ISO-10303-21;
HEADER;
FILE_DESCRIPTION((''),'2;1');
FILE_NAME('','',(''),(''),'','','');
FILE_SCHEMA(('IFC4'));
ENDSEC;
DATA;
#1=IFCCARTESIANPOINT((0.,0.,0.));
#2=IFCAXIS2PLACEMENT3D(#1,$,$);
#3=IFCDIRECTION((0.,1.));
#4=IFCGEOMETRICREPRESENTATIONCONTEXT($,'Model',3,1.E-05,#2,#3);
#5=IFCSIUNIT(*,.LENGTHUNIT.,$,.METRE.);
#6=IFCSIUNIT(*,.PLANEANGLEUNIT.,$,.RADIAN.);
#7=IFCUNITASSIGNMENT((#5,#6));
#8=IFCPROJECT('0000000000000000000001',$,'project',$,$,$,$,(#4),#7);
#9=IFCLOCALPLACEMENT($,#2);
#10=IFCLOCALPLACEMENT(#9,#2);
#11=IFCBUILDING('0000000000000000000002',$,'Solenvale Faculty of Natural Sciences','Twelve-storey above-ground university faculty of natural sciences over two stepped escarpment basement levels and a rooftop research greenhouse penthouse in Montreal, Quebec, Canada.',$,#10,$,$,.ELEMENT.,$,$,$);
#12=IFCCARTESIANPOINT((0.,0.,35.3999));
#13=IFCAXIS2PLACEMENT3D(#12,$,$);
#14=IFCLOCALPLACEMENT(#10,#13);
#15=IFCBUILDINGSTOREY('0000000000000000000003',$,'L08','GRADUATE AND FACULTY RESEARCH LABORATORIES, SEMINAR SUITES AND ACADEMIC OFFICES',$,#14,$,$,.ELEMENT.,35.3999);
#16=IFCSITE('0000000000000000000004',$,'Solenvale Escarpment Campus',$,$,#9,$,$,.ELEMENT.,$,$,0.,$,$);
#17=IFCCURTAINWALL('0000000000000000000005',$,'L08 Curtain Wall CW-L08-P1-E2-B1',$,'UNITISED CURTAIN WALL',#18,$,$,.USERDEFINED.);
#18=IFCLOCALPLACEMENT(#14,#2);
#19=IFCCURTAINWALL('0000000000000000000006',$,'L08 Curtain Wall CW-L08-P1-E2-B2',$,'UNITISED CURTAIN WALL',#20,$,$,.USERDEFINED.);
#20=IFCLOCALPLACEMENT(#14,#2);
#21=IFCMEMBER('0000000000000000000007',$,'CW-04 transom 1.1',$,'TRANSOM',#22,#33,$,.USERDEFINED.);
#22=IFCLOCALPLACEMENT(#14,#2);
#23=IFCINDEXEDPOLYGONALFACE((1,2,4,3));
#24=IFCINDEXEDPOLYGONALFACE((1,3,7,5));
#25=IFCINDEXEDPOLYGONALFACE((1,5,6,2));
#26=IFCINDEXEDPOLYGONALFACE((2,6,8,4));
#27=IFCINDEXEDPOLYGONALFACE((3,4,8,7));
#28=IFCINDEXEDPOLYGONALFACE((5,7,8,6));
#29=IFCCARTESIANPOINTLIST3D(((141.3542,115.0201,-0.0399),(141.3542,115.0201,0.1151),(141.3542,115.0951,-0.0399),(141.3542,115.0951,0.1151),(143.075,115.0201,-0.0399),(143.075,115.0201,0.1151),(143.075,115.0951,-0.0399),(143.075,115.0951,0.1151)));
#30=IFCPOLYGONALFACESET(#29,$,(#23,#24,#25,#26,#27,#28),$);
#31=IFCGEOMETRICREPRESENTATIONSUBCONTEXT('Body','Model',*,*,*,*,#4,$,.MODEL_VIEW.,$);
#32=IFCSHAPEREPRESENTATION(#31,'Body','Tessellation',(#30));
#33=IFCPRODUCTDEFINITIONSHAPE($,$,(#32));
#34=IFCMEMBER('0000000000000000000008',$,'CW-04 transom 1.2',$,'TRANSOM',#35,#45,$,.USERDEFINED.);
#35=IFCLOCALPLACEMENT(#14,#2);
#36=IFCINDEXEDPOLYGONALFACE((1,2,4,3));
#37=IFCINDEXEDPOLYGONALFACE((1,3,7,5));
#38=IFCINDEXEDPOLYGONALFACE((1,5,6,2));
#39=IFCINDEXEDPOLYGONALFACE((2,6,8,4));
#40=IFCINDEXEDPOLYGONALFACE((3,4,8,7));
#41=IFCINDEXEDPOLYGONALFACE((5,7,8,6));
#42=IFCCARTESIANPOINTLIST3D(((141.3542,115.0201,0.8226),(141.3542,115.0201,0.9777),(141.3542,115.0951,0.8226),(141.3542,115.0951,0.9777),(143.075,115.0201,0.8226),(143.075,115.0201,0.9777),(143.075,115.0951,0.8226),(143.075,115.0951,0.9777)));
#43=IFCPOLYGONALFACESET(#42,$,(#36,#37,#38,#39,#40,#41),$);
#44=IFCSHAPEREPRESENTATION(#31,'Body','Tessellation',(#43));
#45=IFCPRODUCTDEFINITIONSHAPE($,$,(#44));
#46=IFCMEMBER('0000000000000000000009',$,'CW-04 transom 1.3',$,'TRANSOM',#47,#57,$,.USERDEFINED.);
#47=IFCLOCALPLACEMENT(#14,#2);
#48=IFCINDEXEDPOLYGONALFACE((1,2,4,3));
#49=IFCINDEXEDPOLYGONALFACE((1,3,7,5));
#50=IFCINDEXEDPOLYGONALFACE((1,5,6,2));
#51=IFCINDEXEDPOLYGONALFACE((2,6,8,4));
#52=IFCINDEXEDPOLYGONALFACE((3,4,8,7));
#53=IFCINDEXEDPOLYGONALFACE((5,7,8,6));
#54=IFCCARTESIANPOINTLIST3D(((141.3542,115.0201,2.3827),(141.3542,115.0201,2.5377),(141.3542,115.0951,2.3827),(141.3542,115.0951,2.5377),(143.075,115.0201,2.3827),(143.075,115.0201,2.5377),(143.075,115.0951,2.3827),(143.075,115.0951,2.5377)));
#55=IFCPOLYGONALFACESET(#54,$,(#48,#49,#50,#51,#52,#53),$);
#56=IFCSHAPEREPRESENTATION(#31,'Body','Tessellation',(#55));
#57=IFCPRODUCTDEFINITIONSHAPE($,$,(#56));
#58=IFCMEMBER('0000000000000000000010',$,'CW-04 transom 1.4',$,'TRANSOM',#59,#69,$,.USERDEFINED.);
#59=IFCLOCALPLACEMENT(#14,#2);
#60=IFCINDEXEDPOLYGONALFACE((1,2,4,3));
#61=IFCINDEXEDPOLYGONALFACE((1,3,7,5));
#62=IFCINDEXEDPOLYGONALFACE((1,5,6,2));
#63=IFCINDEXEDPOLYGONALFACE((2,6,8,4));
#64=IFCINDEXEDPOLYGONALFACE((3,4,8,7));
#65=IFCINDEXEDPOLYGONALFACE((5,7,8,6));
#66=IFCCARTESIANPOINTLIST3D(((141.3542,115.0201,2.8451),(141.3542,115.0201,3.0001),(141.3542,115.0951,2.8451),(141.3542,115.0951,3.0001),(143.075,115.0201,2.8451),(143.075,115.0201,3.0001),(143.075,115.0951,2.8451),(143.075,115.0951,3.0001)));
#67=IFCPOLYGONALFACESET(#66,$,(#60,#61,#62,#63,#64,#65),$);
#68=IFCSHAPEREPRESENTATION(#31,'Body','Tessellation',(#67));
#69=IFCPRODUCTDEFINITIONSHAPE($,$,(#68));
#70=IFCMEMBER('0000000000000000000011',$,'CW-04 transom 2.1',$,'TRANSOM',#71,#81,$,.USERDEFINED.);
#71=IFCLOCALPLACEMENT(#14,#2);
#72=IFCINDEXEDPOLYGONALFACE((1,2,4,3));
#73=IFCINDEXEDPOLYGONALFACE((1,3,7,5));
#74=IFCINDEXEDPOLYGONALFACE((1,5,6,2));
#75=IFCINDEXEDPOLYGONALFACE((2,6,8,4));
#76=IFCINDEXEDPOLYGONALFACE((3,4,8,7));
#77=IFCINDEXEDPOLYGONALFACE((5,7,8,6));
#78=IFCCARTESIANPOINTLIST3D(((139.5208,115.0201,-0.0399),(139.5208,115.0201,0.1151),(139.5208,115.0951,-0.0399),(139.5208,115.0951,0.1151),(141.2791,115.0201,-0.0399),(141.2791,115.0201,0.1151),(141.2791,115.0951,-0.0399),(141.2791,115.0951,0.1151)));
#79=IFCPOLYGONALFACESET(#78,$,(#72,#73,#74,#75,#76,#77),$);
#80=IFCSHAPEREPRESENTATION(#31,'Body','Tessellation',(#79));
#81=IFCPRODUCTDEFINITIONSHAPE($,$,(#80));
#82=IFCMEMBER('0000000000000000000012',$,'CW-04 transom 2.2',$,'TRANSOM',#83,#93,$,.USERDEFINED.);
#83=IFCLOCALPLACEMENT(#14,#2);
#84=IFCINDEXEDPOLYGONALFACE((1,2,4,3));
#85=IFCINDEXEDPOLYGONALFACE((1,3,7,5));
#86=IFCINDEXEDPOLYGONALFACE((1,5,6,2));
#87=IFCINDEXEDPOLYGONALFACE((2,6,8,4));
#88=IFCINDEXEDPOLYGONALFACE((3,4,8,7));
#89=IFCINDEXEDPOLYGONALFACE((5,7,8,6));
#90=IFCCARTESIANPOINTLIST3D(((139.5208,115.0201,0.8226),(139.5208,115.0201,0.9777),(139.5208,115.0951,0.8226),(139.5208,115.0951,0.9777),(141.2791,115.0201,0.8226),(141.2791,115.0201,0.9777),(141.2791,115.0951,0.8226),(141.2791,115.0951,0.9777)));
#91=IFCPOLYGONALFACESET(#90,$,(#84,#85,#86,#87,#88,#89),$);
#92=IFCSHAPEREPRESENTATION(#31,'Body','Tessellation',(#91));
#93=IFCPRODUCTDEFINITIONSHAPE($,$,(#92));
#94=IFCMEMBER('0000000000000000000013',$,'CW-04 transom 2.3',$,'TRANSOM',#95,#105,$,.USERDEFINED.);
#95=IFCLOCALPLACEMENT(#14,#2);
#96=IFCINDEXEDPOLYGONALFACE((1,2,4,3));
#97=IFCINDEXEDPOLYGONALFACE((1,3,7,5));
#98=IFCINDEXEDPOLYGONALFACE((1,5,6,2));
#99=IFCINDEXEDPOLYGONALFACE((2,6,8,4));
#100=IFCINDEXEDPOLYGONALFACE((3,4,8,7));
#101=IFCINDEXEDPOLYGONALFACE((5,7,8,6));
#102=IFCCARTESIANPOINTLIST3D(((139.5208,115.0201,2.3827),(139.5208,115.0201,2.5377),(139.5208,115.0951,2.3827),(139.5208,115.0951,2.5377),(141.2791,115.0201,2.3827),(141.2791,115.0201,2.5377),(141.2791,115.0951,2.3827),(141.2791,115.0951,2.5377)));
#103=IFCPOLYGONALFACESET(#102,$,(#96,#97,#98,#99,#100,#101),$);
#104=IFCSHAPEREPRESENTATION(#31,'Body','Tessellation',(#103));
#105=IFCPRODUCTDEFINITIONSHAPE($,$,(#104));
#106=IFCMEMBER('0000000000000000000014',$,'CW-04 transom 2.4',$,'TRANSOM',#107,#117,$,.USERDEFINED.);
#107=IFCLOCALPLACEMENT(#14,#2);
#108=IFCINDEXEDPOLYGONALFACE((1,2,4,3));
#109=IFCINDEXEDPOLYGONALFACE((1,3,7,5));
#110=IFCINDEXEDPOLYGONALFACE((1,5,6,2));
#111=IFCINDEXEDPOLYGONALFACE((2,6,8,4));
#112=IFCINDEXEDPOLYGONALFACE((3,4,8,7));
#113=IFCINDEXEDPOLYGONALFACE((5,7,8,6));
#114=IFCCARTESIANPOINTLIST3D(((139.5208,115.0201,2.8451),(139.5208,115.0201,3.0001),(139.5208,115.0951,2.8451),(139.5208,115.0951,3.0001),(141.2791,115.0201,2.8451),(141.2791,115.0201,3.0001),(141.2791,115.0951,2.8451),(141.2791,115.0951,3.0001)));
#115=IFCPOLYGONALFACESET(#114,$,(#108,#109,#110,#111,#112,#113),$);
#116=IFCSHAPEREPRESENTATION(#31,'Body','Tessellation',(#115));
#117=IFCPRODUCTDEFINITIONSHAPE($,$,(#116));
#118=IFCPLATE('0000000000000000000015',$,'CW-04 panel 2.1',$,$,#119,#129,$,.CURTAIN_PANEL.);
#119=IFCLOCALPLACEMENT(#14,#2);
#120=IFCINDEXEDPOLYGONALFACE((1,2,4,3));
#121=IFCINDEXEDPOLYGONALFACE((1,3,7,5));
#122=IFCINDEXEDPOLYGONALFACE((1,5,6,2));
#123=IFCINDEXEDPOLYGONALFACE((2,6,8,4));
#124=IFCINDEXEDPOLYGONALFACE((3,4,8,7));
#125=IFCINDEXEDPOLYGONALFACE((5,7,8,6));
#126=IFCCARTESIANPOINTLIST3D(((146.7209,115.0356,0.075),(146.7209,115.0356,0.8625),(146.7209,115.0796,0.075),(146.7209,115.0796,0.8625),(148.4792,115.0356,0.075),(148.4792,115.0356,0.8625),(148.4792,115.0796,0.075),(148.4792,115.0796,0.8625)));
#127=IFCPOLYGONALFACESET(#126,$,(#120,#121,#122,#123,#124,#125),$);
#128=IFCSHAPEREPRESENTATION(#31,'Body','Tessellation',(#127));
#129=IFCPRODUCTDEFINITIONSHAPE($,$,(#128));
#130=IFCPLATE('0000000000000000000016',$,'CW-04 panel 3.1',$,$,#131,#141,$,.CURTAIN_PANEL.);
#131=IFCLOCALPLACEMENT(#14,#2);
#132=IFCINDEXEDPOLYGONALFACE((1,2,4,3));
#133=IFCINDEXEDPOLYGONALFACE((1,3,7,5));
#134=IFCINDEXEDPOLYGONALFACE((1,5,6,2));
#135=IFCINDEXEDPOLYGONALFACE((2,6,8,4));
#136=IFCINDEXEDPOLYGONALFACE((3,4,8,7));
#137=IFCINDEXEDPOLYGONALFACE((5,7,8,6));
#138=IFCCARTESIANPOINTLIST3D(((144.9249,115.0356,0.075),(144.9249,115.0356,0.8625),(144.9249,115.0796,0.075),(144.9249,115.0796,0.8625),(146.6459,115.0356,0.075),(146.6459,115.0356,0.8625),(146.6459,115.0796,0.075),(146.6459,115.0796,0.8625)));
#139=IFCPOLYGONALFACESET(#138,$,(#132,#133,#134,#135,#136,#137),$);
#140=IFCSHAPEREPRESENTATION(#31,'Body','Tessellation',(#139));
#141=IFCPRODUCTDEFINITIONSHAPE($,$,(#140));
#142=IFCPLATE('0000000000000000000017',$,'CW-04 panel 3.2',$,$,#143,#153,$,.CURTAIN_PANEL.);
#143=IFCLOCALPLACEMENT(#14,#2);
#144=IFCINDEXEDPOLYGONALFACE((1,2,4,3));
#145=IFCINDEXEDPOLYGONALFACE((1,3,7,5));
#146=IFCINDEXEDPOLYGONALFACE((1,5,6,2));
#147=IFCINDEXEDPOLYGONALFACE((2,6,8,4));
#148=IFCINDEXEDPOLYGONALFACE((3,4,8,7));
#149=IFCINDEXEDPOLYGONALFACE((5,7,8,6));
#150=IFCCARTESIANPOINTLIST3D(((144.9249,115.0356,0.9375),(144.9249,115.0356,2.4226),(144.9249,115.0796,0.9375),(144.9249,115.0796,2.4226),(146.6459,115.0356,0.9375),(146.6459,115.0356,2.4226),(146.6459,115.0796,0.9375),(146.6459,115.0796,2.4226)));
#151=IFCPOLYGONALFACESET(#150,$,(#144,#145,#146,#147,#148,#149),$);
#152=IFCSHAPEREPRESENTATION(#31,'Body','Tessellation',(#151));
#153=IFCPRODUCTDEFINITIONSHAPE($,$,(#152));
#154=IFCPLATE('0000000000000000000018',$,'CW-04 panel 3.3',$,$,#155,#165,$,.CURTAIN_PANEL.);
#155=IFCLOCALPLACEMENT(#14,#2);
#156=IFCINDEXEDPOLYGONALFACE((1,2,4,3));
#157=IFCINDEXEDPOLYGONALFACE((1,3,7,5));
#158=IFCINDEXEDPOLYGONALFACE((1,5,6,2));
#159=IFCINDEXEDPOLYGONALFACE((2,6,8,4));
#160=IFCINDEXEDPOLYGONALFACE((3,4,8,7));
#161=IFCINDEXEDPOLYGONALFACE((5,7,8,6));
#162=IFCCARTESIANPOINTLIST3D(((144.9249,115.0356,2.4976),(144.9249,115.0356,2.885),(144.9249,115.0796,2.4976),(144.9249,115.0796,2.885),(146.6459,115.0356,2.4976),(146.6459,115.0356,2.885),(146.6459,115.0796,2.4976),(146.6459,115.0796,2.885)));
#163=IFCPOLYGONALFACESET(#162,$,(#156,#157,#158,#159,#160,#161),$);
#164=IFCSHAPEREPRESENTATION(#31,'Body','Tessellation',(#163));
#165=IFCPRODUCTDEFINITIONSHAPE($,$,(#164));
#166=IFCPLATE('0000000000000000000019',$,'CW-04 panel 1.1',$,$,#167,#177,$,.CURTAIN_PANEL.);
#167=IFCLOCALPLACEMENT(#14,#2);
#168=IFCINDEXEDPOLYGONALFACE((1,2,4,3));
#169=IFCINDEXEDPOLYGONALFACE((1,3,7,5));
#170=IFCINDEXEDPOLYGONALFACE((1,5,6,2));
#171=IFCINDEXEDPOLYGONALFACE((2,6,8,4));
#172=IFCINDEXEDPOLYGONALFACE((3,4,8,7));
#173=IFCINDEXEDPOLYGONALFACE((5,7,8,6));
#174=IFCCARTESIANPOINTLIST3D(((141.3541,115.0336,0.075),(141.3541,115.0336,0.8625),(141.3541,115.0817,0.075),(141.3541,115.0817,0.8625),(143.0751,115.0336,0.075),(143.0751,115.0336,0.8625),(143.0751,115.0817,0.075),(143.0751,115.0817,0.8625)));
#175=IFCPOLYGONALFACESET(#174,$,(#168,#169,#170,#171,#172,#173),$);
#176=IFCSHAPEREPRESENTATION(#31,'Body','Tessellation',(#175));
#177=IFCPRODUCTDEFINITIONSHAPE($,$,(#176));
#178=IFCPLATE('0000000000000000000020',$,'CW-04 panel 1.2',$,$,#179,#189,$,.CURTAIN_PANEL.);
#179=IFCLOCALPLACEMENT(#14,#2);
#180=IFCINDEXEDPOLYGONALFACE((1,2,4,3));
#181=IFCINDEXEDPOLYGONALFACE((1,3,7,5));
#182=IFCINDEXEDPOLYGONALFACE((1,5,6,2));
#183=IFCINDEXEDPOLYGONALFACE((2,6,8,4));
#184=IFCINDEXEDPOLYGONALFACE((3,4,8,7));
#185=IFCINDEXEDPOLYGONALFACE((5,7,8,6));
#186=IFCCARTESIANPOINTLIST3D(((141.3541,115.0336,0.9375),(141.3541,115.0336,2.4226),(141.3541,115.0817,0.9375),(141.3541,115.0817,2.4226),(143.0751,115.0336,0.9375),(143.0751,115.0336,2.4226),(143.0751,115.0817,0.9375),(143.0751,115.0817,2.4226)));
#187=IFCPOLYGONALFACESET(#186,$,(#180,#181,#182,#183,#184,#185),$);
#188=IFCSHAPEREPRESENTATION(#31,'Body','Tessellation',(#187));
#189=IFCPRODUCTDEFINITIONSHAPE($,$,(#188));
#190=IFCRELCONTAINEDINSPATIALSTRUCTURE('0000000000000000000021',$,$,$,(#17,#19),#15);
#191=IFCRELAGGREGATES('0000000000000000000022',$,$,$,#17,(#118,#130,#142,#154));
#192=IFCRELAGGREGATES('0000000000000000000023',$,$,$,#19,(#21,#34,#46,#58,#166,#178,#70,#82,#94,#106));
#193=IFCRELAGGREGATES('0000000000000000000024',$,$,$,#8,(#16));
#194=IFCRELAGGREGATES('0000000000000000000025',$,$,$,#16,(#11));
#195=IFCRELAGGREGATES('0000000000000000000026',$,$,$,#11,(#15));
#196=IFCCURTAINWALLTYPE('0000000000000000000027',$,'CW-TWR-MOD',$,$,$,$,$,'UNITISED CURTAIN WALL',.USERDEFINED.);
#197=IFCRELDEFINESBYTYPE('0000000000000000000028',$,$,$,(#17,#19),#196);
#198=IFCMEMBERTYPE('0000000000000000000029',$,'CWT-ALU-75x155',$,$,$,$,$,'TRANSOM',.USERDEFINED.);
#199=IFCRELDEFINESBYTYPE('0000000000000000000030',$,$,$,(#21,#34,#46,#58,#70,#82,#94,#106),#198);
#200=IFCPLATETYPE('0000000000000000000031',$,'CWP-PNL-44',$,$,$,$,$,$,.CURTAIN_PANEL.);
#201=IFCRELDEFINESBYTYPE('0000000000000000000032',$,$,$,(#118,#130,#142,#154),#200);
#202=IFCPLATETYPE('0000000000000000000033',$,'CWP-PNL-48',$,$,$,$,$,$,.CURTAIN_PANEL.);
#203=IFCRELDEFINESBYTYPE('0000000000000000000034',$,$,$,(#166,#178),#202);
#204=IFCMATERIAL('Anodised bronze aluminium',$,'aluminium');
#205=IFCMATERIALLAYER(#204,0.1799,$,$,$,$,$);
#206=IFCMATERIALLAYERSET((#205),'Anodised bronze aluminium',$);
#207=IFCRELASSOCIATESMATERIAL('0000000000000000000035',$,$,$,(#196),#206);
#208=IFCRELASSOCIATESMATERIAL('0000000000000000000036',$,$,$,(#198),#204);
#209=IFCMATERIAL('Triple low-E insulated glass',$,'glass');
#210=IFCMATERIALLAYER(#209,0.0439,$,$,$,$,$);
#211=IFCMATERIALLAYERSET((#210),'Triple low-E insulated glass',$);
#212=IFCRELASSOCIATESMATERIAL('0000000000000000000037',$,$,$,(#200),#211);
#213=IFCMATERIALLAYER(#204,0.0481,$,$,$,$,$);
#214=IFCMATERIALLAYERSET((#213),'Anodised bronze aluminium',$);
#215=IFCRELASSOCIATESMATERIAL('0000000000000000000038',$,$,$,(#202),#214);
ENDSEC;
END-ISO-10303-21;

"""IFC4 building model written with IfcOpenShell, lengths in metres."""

from ifc_helpers import new_model, si_unit, direction, frame, origin, origin_2d, place, context, subcontext, project, spatial, rectangle, extrude, material, layer, layer_set, material_profile, profile_set, type_object, element, aggregate, save


model = new_model("IFC4")

# Units and contexts
model_context = context("Model", 3, precision=1e-05, world=origin(), true_north=direction((0.0, 1.0)))
body_context = subcontext(model_context, "Body", "Model", "MODEL_VIEW")
ifc_project = project(units=[si_unit("LENGTHUNIT", "METRE"), si_unit("PLANEANGLEUNIT", "RADIAN")], contexts=[model_context])

# Site, building, storey
site_placement = place(None, origin())
site = spatial("IfcSite", under=ifc_project, at=site_placement, Name="Solenvale Escarpment Campus", CompositionType="ELEMENT", RefElevation=0.0)
building_placement = place(site_placement, origin())
building = spatial("IfcBuilding", under=site, at=building_placement, Name="Solenvale Faculty of Natural Sciences", Description="Twelve-storey above-ground university faculty of natural sciences over two stepped escarpment basement levels and a rooftop research greenhouse penthouse in Montreal, Quebec, Canada.", CompositionType="ELEMENT")
storey_placement = place(building_placement, frame((0.0, 0.0, 35.3999)))
storey = spatial("IfcBuildingStorey", under=building, at=storey_placement, Name="L08", Description="GRADUATE AND FACULTY RESEARCH LABORATORIES, SEMINAR SUITES AND ACADEMIC OFFICES", CompositionType="ELEMENT", Elevation=35.3999)

# Curtain walls
ifc_material_1 = material(Name="Anodised bronze aluminium", Category="aluminium")
ifc_layer_1 = layer(ifc_material_1, 0.1799)
ifc_layer_set_1 = layer_set([ifc_layer_1], Name="Anodised bronze aluminium")
curtain_wall_type = type_object("IfcCurtainWallType", Name="CW-TWR-MOD", ElementType="UNITISED CURTAIN WALL", PredefinedType="USERDEFINED", material=ifc_layer_set_1)
curtain_wall_1_placement = place(storey_placement, origin())
curtain_wall_1 = element("IfcCurtainWall", 1, at=curtain_wall_1_placement, inside=storey, type_object=curtain_wall_type, Name="L08 Curtain Wall CW-L08-P1-E2-B1", ObjectType="UNITISED CURTAIN WALL", PredefinedType="USERDEFINED")
curtain_wall_2_placement = place(storey_placement, origin())
curtain_wall_2 = element("IfcCurtainWall", 2, at=curtain_wall_2_placement, inside=storey, type_object=curtain_wall_type, Name="L08 Curtain Wall CW-L08-P1-E2-B2", ObjectType="UNITISED CURTAIN WALL", PredefinedType="USERDEFINED")

# Members
ifc_material_profile_1 = material_profile(ifc_material_1, rectangle(XDim=0.075, YDim=0.155, at=origin_2d()), Name="ALU-TRN-75x155")
ifc_profile_set_1 = profile_set([ifc_material_profile_1], Name="Anodised bronze aluminium")
member_type_1 = type_object("IfcMemberType", Name="CWT-ALU-75x155", ElementType="TRANSOM", PredefinedType="USERDEFINED", material=ifc_profile_set_1)
member_1_placement = place(storey_placement, frame((143.075, 115.0576, 0.0376), z_axis=(-1.0, 0.0, 0.0), x_axis=(0.0, -1.0, 0.0)))
member_1 = element("IfcMember", 3, at=member_1_placement, type_object=member_type_1, Name="CW-04 transom 1.1", ObjectType="TRANSOM", PredefinedType="USERDEFINED", context=body_context, shape_type="SweptSolid", body=[
    extrude(rectangle(XDim=0.075, YDim=0.155, at=origin_2d()), origin(), (0.0, 0.0, 1.0), 1.7207),
])
member_2_placement = place(storey_placement, frame((143.075, 115.0576, 0.9001), z_axis=(-1.0, 0.0, 0.0), x_axis=(0.0, -1.0, 0.0)))
member_2 = element("IfcMember", 4, at=member_2_placement, type_object=member_type_1, Name="CW-04 transom 1.2", ObjectType="TRANSOM", PredefinedType="USERDEFINED", context=body_context, shape_type="SweptSolid", body=[
    extrude(rectangle(XDim=0.075, YDim=0.155, at=origin_2d()), origin(), (0.0, 0.0, 1.0), 1.7207),
])
member_3_placement = place(storey_placement, frame((143.075, 115.0576, 2.4602), z_axis=(-1.0, 0.0, 0.0), x_axis=(0.0, -1.0, 0.0)))
member_3 = element("IfcMember", 5, at=member_3_placement, type_object=member_type_1, Name="CW-04 transom 1.3", ObjectType="TRANSOM", PredefinedType="USERDEFINED", context=body_context, shape_type="SweptSolid", body=[
    extrude(rectangle(XDim=0.075, YDim=0.155, at=origin_2d()), origin(), (0.0, 0.0, 1.0), 1.7207),
])
member_4_placement = place(storey_placement, frame((143.075, 115.0576, 2.9226), z_axis=(-1.0, 0.0, 0.0), x_axis=(0.0, -1.0, 0.0)))
member_4 = element("IfcMember", 6, at=member_4_placement, type_object=member_type_1, Name="CW-04 transom 1.4", ObjectType="TRANSOM", PredefinedType="USERDEFINED", context=body_context, shape_type="SweptSolid", body=[
    extrude(rectangle(XDim=0.075, YDim=0.155, at=origin_2d()), origin(), (0.0, 0.0, 1.0), 1.7207),
])
member_5_placement = place(storey_placement, frame((141.2791, 115.0576, 0.0376), z_axis=(-1.0, 0.0, 0.0), x_axis=(0.0, -1.0, 0.0)))
member_5 = element("IfcMember", 7, at=member_5_placement, type_object=member_type_1, Name="CW-04 transom 2.1", ObjectType="TRANSOM", PredefinedType="USERDEFINED", context=body_context, shape_type="SweptSolid", body=[
    extrude(rectangle(XDim=0.075, YDim=0.155, at=origin_2d()), origin(), (0.0, 0.0, 1.0), 1.7583),
])
member_6_placement = place(storey_placement, frame((141.2791, 115.0576, 0.9001), z_axis=(-1.0, 0.0, 0.0), x_axis=(0.0, -1.0, 0.0)))
member_6 = element("IfcMember", 8, at=member_6_placement, type_object=member_type_1, Name="CW-04 transom 2.2", ObjectType="TRANSOM", PredefinedType="USERDEFINED", context=body_context, shape_type="SweptSolid", body=[
    extrude(rectangle(XDim=0.075, YDim=0.155, at=origin_2d()), origin(), (0.0, 0.0, 1.0), 1.7583),
])
member_7_placement = place(storey_placement, frame((141.2791, 115.0576, 2.4602), z_axis=(-1.0, 0.0, 0.0), x_axis=(0.0, -1.0, 0.0)))
member_7 = element("IfcMember", 9, at=member_7_placement, type_object=member_type_1, Name="CW-04 transom 2.3", ObjectType="TRANSOM", PredefinedType="USERDEFINED", context=body_context, shape_type="SweptSolid", body=[
    extrude(rectangle(XDim=0.075, YDim=0.155, at=origin_2d()), origin(), (0.0, 0.0, 1.0), 1.7583),
])
member_8_placement = place(storey_placement, frame((141.2791, 115.0576, 2.9226), z_axis=(-1.0, 0.0, 0.0), x_axis=(0.0, -1.0, 0.0)))
member_8 = element("IfcMember", 10, at=member_8_placement, type_object=member_type_1, Name="CW-04 transom 2.4", ObjectType="TRANSOM", PredefinedType="USERDEFINED", context=body_context, shape_type="SweptSolid", body=[
    extrude(rectangle(XDim=0.075, YDim=0.155, at=origin_2d()), origin(), (0.0, 0.0, 1.0), 1.7583),
])

# Plates
ifc_material_2 = material(Name="Triple low-E insulated glass", Category="glass")
ifc_layer_2 = layer(ifc_material_2, 0.0439)
ifc_layer_set_2 = layer_set([ifc_layer_2], Name="Triple low-E insulated glass")
plate_type_1 = type_object("IfcPlateType", Name="CWP-PNL-44", PredefinedType="CURTAIN_PANEL", material=ifc_layer_set_2)
plate_1_placement = place(storey_placement, frame((147.6001, 115.0576, 0.075), z_axis=(0.0, 0.0, 1.0), x_axis=(-1.0, 0.0, 0.0)))
plate_1 = element("IfcPlate", 11, at=plate_1_placement, type_object=plate_type_1, Name="CW-04 panel 2.1", PredefinedType="CURTAIN_PANEL", context=body_context, shape_type="SweptSolid", body=[
    extrude(rectangle(XDim=1.7583, YDim=0.0439, at=origin_2d()), origin(), (0.0, 0.0, 1.0), 0.7876),
])
plate_2_placement = place(storey_placement, frame((145.7854, 115.0576, 0.075), z_axis=(0.0, 0.0, 1.0), x_axis=(-1.0, 0.0, 0.0)))
plate_2 = element("IfcPlate", 12, at=plate_2_placement, type_object=plate_type_1, Name="CW-04 panel 3.1", PredefinedType="CURTAIN_PANEL", context=body_context, shape_type="SweptSolid", body=[
    extrude(rectangle(XDim=1.7209, YDim=0.0439, at=origin_2d()), origin(), (0.0, 0.0, 1.0), 0.7876),
])
plate_3_placement = place(storey_placement, frame((145.7854, 115.0576, 0.9375), z_axis=(0.0, 0.0, 1.0), x_axis=(-1.0, 0.0, 0.0)))
plate_3 = element("IfcPlate", 13, at=plate_3_placement, type_object=plate_type_1, Name="CW-04 panel 3.2", PredefinedType="CURTAIN_PANEL", context=body_context, shape_type="SweptSolid", body=[
    extrude(rectangle(XDim=1.7209, YDim=0.0439, at=origin_2d()), origin(), (0.0, 0.0, 1.0), 1.4851),
])
plate_4_placement = place(storey_placement, frame((145.7854, 115.0576, 2.4976), z_axis=(0.0, 0.0, 1.0), x_axis=(-1.0, 0.0, 0.0)))
plate_4 = element("IfcPlate", 14, at=plate_4_placement, type_object=plate_type_1, Name="CW-04 panel 3.3", PredefinedType="CURTAIN_PANEL", context=body_context, shape_type="SweptSolid", body=[
    extrude(rectangle(XDim=1.7209, YDim=0.0439, at=origin_2d()), origin(), (0.0, 0.0, 1.0), 0.3875),
])
aggregate(curtain_wall_1, [plate_1, plate_2, plate_3, plate_4])
ifc_layer_3 = layer(ifc_material_1, 0.0481)
ifc_layer_set_3 = layer_set([ifc_layer_3], Name="Anodised bronze aluminium")
plate_type_2 = type_object("IfcPlateType", Name="CWP-PNL-48", PredefinedType="CURTAIN_PANEL", material=ifc_layer_set_3)
plate_5_placement = place(storey_placement, frame((142.2146, 115.0576, 0.075), z_axis=(0.0, 0.0, 1.0), x_axis=(-1.0, 0.0, 0.0)))
plate_5 = element("IfcPlate", 15, at=plate_5_placement, type_object=plate_type_2, Name="CW-04 panel 1.1", PredefinedType="CURTAIN_PANEL", context=body_context, shape_type="SweptSolid", body=[
    extrude(rectangle(XDim=1.7209, YDim=0.0481, at=origin_2d()), origin(), (0.0, 0.0, 1.0), 0.7876),
])
plate_6_placement = place(storey_placement, frame((142.2146, 115.0576, 0.9375), z_axis=(0.0, 0.0, 1.0), x_axis=(-1.0, 0.0, 0.0)))
plate_6 = element("IfcPlate", 16, at=plate_6_placement, type_object=plate_type_2, Name="CW-04 panel 1.2", PredefinedType="CURTAIN_PANEL", context=body_context, shape_type="SweptSolid", body=[
    extrude(rectangle(XDim=1.7209, YDim=0.0481, at=origin_2d()), origin(), (0.0, 0.0, 1.0), 1.4851),
])
aggregate(curtain_wall_2, [member_1, member_2, member_3, member_4, plate_5, plate_6, member_5, member_6, member_7, member_8])

save(model, "model.ifc")
